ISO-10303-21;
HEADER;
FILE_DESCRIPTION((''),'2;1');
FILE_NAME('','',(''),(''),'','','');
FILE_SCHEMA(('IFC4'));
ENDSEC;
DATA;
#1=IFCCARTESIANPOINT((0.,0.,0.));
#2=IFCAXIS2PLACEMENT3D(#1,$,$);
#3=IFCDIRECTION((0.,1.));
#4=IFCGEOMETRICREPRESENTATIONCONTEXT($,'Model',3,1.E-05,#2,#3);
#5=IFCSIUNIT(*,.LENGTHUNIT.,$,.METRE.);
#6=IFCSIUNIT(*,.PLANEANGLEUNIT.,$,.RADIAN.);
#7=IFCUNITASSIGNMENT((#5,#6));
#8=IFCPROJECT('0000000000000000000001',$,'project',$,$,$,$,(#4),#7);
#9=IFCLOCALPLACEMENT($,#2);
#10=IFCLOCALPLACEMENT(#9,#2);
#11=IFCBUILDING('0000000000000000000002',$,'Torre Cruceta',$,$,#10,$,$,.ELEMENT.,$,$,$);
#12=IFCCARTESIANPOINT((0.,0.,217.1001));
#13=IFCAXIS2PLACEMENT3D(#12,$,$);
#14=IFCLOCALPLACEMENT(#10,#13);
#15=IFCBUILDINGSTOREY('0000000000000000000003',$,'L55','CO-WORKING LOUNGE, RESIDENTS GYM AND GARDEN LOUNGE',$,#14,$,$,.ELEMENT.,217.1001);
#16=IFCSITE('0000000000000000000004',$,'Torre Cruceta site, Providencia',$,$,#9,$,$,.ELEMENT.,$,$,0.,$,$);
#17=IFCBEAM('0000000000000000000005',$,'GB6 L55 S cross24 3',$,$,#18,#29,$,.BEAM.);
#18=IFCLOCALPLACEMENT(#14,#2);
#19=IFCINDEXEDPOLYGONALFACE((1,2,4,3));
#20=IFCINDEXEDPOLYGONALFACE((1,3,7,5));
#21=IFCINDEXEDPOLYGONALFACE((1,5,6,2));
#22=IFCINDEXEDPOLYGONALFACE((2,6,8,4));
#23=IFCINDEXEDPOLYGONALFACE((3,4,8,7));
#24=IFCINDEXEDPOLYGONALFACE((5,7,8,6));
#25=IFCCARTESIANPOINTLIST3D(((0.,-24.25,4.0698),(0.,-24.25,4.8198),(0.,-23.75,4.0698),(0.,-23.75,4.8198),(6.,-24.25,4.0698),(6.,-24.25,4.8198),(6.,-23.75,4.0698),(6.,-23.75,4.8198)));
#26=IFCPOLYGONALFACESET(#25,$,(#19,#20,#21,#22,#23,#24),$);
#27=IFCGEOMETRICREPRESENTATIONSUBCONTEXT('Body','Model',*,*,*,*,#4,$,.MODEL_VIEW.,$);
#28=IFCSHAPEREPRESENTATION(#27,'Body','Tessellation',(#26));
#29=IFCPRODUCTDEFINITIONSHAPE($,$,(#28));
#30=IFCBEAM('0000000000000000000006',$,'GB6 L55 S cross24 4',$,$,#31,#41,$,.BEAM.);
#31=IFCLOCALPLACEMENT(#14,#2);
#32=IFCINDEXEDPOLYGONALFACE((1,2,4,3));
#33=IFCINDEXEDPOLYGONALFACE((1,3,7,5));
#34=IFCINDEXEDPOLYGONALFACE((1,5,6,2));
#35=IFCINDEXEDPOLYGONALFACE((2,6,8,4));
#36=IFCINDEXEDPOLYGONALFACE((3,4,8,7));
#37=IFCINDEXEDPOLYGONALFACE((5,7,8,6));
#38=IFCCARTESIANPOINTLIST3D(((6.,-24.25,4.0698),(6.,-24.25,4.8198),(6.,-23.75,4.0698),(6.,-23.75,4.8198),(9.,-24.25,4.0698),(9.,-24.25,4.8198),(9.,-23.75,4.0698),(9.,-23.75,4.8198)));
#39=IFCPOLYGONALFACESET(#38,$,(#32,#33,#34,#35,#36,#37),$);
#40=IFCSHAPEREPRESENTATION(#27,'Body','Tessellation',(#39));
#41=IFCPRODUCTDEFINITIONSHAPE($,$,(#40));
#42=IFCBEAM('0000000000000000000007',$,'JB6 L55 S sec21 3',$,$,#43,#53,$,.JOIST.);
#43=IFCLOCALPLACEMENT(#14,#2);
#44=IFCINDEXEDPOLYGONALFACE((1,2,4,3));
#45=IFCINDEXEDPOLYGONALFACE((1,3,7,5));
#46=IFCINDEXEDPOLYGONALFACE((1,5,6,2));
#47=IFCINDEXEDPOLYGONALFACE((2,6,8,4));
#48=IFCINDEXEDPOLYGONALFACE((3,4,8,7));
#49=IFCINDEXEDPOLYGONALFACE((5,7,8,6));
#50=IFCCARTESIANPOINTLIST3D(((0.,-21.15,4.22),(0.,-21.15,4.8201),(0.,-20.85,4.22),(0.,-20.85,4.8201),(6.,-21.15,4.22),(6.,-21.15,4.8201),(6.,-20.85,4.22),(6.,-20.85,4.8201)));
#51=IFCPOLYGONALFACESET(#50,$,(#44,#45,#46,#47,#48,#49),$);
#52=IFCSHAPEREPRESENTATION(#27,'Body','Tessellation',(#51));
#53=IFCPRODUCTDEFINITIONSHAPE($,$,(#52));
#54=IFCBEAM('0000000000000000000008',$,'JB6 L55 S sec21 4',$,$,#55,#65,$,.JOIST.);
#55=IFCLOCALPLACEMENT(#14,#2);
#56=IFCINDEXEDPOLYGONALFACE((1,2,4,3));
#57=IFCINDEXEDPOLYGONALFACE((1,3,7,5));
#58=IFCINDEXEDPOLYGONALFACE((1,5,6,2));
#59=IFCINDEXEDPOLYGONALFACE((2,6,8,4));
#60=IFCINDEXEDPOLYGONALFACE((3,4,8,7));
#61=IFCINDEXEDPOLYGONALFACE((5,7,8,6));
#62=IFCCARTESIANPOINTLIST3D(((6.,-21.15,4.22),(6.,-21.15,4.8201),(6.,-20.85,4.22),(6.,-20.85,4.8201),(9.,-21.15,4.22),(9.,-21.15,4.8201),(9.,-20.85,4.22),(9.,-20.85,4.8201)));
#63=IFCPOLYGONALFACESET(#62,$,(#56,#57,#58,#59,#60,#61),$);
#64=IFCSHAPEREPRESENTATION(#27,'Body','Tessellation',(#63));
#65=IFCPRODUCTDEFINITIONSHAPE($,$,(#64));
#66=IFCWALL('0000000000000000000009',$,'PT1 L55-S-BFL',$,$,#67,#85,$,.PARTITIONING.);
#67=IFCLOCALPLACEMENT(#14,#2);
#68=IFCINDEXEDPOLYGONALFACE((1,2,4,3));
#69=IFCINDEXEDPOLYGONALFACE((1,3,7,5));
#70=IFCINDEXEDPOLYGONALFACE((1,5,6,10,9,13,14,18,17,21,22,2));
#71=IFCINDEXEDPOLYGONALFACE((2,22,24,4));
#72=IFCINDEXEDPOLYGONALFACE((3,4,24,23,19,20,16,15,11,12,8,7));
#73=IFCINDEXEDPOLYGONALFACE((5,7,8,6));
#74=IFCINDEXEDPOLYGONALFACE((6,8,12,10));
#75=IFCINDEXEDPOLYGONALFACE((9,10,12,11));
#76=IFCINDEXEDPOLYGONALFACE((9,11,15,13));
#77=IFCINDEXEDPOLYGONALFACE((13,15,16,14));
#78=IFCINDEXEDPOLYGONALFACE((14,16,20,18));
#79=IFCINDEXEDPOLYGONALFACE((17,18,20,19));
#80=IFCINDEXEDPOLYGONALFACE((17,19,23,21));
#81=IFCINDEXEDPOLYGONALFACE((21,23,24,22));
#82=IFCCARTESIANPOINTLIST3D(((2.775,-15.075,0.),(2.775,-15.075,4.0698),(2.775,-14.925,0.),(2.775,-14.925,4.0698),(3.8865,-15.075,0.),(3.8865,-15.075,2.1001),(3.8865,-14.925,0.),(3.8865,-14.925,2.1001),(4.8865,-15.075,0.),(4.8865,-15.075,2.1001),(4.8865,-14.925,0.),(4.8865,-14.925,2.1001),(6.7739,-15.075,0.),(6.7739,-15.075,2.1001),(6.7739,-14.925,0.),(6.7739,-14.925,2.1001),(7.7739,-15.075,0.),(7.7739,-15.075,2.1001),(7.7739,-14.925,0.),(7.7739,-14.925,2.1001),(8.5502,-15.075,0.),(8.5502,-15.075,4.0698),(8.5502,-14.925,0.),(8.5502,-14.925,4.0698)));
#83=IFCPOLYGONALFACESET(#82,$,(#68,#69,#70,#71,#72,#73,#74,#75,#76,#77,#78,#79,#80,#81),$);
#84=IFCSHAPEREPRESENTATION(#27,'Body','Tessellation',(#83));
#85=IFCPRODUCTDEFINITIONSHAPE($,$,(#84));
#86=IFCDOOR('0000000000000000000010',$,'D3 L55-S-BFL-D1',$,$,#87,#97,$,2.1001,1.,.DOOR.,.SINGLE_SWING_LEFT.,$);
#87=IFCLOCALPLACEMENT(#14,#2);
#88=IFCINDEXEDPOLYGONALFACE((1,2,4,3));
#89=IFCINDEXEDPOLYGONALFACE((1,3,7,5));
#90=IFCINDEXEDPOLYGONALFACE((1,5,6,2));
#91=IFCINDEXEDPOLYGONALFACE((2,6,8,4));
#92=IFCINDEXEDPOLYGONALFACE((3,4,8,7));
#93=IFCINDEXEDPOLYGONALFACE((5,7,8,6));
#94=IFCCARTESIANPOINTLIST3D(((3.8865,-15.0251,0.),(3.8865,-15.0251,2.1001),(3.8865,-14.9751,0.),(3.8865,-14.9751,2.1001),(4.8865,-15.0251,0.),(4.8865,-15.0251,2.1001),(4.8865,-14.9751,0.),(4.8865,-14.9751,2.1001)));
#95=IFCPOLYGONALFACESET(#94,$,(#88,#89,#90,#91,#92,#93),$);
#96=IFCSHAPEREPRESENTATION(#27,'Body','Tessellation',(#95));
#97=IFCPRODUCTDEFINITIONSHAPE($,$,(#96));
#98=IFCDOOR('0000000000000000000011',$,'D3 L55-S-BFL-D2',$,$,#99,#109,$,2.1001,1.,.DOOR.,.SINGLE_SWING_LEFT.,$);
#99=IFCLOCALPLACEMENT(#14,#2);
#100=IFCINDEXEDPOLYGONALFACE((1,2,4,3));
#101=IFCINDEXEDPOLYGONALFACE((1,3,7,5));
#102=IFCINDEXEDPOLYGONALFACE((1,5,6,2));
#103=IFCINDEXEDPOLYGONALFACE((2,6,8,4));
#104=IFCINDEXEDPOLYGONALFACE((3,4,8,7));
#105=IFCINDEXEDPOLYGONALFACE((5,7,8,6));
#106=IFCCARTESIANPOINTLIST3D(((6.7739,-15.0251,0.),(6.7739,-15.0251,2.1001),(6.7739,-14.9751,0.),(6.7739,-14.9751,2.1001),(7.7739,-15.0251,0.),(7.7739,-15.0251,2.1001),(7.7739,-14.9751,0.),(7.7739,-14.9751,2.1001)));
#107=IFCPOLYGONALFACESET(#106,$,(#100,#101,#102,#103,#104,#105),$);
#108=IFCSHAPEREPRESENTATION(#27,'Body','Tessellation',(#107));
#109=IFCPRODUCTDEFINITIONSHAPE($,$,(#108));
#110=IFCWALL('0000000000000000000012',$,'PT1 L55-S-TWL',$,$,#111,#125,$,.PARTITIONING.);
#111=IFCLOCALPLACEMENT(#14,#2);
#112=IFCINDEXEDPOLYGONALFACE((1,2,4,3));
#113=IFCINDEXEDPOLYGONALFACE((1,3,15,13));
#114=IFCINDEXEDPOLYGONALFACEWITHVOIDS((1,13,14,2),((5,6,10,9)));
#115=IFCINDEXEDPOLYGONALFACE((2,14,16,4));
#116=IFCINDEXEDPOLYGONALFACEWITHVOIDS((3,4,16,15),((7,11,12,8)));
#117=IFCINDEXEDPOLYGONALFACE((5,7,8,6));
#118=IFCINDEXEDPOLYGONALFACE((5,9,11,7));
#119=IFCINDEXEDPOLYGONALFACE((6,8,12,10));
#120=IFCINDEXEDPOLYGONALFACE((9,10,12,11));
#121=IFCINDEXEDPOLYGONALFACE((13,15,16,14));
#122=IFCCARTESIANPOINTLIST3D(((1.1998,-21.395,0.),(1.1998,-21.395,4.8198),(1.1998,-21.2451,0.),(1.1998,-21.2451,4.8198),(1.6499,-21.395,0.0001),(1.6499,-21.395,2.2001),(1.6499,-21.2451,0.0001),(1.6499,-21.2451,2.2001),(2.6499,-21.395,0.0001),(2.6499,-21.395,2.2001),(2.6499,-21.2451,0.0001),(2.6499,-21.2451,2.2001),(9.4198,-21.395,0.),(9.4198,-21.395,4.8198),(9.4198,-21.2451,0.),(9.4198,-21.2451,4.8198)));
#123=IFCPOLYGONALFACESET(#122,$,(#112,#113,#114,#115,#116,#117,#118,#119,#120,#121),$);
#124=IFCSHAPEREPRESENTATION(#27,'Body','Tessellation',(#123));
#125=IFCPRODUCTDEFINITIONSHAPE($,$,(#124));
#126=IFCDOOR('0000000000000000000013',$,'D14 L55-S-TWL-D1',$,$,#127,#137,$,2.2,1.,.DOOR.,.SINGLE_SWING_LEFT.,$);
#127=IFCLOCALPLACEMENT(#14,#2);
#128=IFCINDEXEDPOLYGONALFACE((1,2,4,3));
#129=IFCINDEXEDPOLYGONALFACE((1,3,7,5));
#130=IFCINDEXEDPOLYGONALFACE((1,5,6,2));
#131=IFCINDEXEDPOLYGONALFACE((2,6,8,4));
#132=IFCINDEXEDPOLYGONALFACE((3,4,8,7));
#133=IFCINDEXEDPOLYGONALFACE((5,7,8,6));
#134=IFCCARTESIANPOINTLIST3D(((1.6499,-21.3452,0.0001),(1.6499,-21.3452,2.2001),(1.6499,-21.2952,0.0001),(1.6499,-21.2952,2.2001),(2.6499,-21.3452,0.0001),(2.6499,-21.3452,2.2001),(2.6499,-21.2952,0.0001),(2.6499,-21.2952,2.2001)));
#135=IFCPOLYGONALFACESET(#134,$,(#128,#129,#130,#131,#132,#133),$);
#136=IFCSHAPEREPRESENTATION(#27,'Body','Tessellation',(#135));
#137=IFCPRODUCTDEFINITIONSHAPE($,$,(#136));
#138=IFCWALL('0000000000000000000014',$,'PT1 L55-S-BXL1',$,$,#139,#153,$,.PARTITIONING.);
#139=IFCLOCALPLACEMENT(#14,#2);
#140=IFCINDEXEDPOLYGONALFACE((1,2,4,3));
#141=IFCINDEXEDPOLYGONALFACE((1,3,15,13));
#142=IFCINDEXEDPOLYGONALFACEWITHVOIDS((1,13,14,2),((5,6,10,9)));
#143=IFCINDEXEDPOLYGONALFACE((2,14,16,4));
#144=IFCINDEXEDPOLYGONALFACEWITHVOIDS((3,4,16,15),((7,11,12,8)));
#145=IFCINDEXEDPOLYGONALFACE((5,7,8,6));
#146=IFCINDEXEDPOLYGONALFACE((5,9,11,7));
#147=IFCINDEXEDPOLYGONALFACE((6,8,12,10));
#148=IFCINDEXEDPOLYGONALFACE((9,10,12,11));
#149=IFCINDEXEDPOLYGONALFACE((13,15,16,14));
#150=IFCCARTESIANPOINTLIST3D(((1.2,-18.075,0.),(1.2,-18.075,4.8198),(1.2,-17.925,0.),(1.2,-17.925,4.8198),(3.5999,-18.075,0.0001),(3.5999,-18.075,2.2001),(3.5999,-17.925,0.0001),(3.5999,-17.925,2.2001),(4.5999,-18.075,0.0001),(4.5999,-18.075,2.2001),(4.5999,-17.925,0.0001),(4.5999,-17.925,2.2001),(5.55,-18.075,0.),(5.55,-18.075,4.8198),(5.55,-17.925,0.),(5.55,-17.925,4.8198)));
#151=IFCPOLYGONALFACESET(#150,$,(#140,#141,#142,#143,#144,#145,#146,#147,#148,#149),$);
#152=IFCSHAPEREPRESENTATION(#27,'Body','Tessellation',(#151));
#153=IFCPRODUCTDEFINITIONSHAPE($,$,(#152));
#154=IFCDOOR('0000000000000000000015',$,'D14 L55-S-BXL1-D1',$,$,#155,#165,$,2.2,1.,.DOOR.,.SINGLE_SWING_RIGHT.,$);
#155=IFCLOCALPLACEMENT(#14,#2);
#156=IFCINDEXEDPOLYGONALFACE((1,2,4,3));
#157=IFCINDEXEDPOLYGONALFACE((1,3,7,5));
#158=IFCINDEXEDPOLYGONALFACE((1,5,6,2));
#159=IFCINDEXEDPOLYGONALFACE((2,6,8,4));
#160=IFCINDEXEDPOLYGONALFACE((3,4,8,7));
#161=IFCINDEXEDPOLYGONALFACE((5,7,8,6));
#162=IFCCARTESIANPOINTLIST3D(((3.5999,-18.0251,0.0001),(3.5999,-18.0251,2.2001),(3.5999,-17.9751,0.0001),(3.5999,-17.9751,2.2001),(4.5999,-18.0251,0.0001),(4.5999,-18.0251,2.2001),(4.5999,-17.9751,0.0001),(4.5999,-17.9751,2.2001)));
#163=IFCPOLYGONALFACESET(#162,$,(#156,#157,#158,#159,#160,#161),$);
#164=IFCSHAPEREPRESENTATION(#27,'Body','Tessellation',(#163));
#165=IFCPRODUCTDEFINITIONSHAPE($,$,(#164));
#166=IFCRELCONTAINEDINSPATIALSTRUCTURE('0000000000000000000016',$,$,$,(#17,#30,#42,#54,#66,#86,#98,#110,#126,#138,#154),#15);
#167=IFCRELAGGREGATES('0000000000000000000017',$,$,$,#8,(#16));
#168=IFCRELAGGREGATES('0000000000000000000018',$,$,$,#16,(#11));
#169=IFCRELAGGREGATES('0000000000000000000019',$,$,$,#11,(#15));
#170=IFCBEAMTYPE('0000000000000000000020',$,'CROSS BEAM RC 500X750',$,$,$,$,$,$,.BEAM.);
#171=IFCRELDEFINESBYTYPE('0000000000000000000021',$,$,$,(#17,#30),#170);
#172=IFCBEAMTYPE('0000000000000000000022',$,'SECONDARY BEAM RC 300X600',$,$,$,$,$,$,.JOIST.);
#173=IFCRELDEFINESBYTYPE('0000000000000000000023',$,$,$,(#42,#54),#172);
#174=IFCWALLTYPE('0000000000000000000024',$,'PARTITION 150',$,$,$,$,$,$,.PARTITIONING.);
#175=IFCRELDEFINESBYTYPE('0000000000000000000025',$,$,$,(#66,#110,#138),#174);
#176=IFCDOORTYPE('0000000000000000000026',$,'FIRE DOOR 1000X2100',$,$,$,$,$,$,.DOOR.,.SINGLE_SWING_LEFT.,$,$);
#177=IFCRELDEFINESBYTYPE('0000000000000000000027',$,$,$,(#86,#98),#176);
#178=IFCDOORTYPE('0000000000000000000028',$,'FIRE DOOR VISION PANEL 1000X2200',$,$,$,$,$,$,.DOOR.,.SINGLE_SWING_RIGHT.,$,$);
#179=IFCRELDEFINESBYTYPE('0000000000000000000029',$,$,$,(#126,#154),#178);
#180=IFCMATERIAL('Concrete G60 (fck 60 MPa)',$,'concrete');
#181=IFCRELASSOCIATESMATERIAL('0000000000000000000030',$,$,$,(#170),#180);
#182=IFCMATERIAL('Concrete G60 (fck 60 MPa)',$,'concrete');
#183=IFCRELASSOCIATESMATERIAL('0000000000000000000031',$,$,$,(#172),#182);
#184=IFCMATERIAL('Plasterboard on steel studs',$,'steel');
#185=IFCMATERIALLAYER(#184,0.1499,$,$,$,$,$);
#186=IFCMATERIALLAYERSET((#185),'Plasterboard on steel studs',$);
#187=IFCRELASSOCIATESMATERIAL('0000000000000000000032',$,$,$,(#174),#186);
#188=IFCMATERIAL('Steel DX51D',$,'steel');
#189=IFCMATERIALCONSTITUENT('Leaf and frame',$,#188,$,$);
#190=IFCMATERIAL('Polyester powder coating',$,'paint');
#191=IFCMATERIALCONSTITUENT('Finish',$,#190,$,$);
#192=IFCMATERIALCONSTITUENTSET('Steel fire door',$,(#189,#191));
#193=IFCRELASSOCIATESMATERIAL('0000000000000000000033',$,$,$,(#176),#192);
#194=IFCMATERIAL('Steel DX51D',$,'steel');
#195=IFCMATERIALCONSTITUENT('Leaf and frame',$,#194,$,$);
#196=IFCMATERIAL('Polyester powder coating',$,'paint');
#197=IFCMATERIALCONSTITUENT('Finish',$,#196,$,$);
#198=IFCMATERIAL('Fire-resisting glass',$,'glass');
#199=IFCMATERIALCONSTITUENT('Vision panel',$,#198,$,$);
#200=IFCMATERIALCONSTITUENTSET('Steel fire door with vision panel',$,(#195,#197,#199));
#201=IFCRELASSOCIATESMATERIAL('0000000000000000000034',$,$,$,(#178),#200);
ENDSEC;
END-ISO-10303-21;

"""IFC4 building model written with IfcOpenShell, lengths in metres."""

from ifc_helpers import new_model, si_unit, direction, frame, frame_2d, origin, origin_2d, place, context, subcontext, project, spatial, rectangle, extrude, material, layer, layer_set, constituent, constituent_set, material_profile, profile_set, type_object, element, fill, save


model = new_model("IFC4")

# Units and contexts
model_context = context("Model", 3, precision=1e-05, world=origin(), true_north=direction((0.0, 1.0)))
body_context = subcontext(model_context, "Body", "Model", "MODEL_VIEW")
ifc_project = project(units=[si_unit("LENGTHUNIT", "METRE"), si_unit("PLANEANGLEUNIT", "RADIAN")], contexts=[model_context])

# Site, building, storey
site_placement = place(None, origin())
site = spatial("IfcSite", under=ifc_project, at=site_placement, Name="Torre Cruceta site, Providencia", CompositionType="ELEMENT", RefElevation=0.0)
building_placement = place(site_placement, origin())
building = spatial("IfcBuilding", under=site, at=building_placement, Name="Torre Cruceta", CompositionType="ELEMENT")
storey_placement = place(building_placement, frame((0.0, 0.0, 217.1001)))
storey = spatial("IfcBuildingStorey", under=building, at=storey_placement, Name="L55", Description="CO-WORKING LOUNGE, RESIDENTS GYM AND GARDEN LOUNGE", CompositionType="ELEMENT", Elevation=217.1001)

# Beams
ifc_material_1 = material(Name="Concrete G60 (fck 60 MPa)", Category="concrete")
ifc_material_profile_1 = material_profile(ifc_material_1, rectangle(XDim=0.5, YDim=0.75, at=origin_2d()), Name="RC 500X750")
ifc_profile_set_1 = profile_set([ifc_material_profile_1], Name="Concrete G60 (fck 60 MPa)")
beam_type_1 = type_object("IfcBeamType", Name="CROSS BEAM RC 500X750", PredefinedType="BEAM", material=ifc_profile_set_1)
for number, where, z_axis, x_axis, name in (
    (1, (0.0, -24.0, 4.4448), (1.0, 0.0, 0.0), (0.0, 1.0, 0.0), "GB6 L55 S cross24 3"),
):
    element("IfcBeam", number, at=place(storey_placement, frame(where, z_axis=z_axis, x_axis=x_axis)), inside=storey, type_object=beam_type_1, Name=name, PredefinedType="BEAM", context=body_context, shape_type="SweptSolid", body=[
        extrude(rectangle(XDim=0.5, YDim=0.75, at=origin_2d()), origin(), (0.0, 0.0, 1.0), 6.0),
    ])
beam_1_placement = place(storey_placement, frame((6.0, -24.0, 4.4448), z_axis=(1.0, 0.0, 0.0), x_axis=(0.0, 1.0, 0.0)))
element("IfcBeam", 2, at=beam_1_placement, inside=storey, type_object=beam_type_1, Name="GB6 L55 S cross24 4", PredefinedType="BEAM", context=body_context, shape_type="SweptSolid", body=[
    extrude(rectangle(XDim=0.5, YDim=0.75, at=origin_2d()), origin(), (0.0, 0.0, 1.0), 3.0),
])
ifc_material_2 = material(Name="Concrete G60 (fck 60 MPa)", Category="concrete")
ifc_material_profile_2 = material_profile(ifc_material_2, rectangle(XDim=0.3, YDim=0.6001, at=origin_2d()), Name="RC 300X600")
ifc_profile_set_2 = profile_set([ifc_material_profile_2], Name="Concrete G60 (fck 60 MPa)")
beam_type_2 = type_object("IfcBeamType", Name="SECONDARY BEAM RC 300X600", PredefinedType="JOIST", material=ifc_profile_set_2)
beam_2_placement = place(storey_placement, frame((0.0, -21.0, 4.52), z_axis=(1.0, 0.0, 0.0), x_axis=(0.0, 1.0, 0.0)))
element("IfcBeam", 3, at=beam_2_placement, inside=storey, type_object=beam_type_2, Name="JB6 L55 S sec21 3", PredefinedType="JOIST", context=body_context, shape_type="SweptSolid", body=[
    extrude(rectangle(XDim=0.3, YDim=0.6001, at=origin_2d()), origin(), (0.0, 0.0, 1.0), 6.0),
])
beam_3_placement = place(storey_placement, frame((6.0, -21.0, 4.52), z_axis=(1.0, 0.0, 0.0), x_axis=(0.0, 1.0, 0.0)))
element("IfcBeam", 4, at=beam_3_placement, inside=storey, type_object=beam_type_2, Name="JB6 L55 S sec21 4", PredefinedType="JOIST", context=body_context, shape_type="SweptSolid", body=[
    extrude(rectangle(XDim=0.3, YDim=0.6001, at=origin_2d()), origin(), (0.0, 0.0, 1.0), 3.0),
])

# Wall, openings, doors
ifc_material_3 = material(Name="Plasterboard on steel studs", Category="steel")
ifc_layer = layer(ifc_material_3, 0.1499)
ifc_layer_set = layer_set([ifc_layer], Name="Plasterboard on steel studs")
wall_type = type_object("IfcWallType", Name="PARTITION 150", PredefinedType="PARTITIONING", material=ifc_layer_set)
wall_1_placement = place(storey_placement, frame((2.7749, -15.0, 0.0), z_axis=(0.0, 0.0, 1.0), x_axis=(1.0, 0.0, 0.0)))
wall_1 = element("IfcWall", 5, at=wall_1_placement, inside=storey, type_object=wall_type, Name="PT1 L55-S-BFL", PredefinedType="PARTITIONING", context=body_context, shape_type="SweptSolid", body=[
    extrude(rectangle(XDim=5.7751, YDim=0.1499, at=frame_2d((2.8877, 0.0))), origin(), (0.0, 0.0, 1.0), 4.0698),
])
opening_1_placement = place(wall_1_placement, frame((1.1116, 0.0, 0.0)))
opening_1 = element("IfcOpeningElement", 6, at=opening_1_placement, cuts=wall_1, PredefinedType="OPENING", context=body_context, shape_type="SweptSolid", body=[
    extrude(rectangle(XDim=1.0, YDim=2.1001, at=frame_2d((0.5, 1.05))), frame((0.0, 0.085, 0.0), z_axis=(0.0, -1.0, 0.0), x_axis=(1.0, 0.0, 0.0)), (0.0, 0.0, 1.0), 0.1699),
])
opening_2_placement = place(wall_1_placement, frame((3.999, 0.0, 0.0)))
opening_2 = element("IfcOpeningElement", 7, at=opening_2_placement, cuts=wall_1, PredefinedType="OPENING", context=body_context, shape_type="SweptSolid", body=[
    extrude(rectangle(XDim=1.0, YDim=2.1001, at=frame_2d((0.5, 1.05))), frame((0.0, 0.085, 0.0), z_axis=(0.0, -1.0, 0.0), x_axis=(1.0, 0.0, 0.0)), (0.0, 0.0, 1.0), 0.1699),
])
ifc_material_4 = material(Name="Steel DX51D", Category="steel")
ifc_constituent_1 = constituent(ifc_material_4, Name="Leaf and frame")
ifc_material_5 = material(Name="Polyester powder coating", Category="paint")
ifc_constituent_2 = constituent(ifc_material_5, Name="Finish")
ifc_constituent_set_1 = constituent_set(constituents=[ifc_constituent_1, ifc_constituent_2], Name="Steel fire door")
door_type_1 = type_object("IfcDoorType", Name="FIRE DOOR 1000X2100", OperationType="SINGLE_SWING_LEFT", PredefinedType="DOOR", material=ifc_constituent_set_1)
door_1_placement = place(opening_1_placement, origin())
door_1 = element("IfcDoor", 8, at=door_1_placement, inside=storey, type_object=door_type_1, Name="D3 L55-S-BFL-D1", OperationType="SINGLE_SWING_LEFT", OverallHeight=2.1001, OverallWidth=1.0, PredefinedType="DOOR", context=body_context, shape_type="SweptSolid", body=[
    extrude(rectangle(XDim=1.0, YDim=2.1001, at=frame_2d((0.5, 1.05))), frame((0.0, 0.0249, 0.0), z_axis=(0.0, -1.0, 0.0), x_axis=(1.0, 0.0, 0.0)), (0.0, 0.0, 1.0), 0.05),
])
fill(opening_1, door_1)
door_2_placement = place(opening_2_placement, origin())
door_2 = element("IfcDoor", 9, at=door_2_placement, inside=storey, type_object=door_type_1, Name="D3 L55-S-BFL-D2", OperationType="SINGLE_SWING_LEFT", OverallHeight=2.1001, OverallWidth=1.0, PredefinedType="DOOR", context=body_context, shape_type="SweptSolid", body=[
    extrude(rectangle(XDim=1.0, YDim=2.1001, at=frame_2d((0.5, 1.05))), frame((0.0, 0.0249, 0.0), z_axis=(0.0, -1.0, 0.0), x_axis=(1.0, 0.0, 0.0)), (0.0, 0.0, 1.0), 0.05),
])
fill(opening_2, door_2)

# Walls, openings, doors
wall_2_placement = place(storey_placement, frame((1.2, -21.3201, 0.0), z_axis=(0.0, 0.0, 1.0), x_axis=(1.0, 0.0, 0.0)))
wall_2 = element("IfcWall", 10, at=wall_2_placement, inside=storey, type_object=wall_type, Name="PT1 L55-S-TWL", PredefinedType="PARTITIONING", context=body_context, shape_type="SweptSolid", body=[
    extrude(rectangle(XDim=8.22, YDim=0.1499, at=frame_2d((4.1099, 0.0))), origin(), (0.0, 0.0, 1.0), 4.8198),
])
opening_3_placement = place(wall_2_placement, frame((0.45, 0.0, 0.0)))
opening_3 = element("IfcOpeningElement", 11, at=opening_3_placement, cuts=wall_2, PredefinedType="OPENING", context=body_context, shape_type="SweptSolid", body=[
    extrude(rectangle(XDim=1.0, YDim=2.2, at=frame_2d((0.5, 1.1001))), frame((0.0, 0.085, 0.0), z_axis=(0.0, -1.0, 0.0), x_axis=(1.0, 0.0, 0.0)), (0.0, 0.0, 1.0), 0.1699),
])
ifc_material_6 = material(Name="Steel DX51D", Category="steel")
ifc_constituent_3 = constituent(ifc_material_6, Name="Leaf and frame")
ifc_material_7 = material(Name="Polyester powder coating", Category="paint")
ifc_constituent_4 = constituent(ifc_material_7, Name="Finish")
ifc_material_8 = material(Name="Fire-resisting glass", Category="glass")
ifc_constituent_5 = constituent(ifc_material_8, Name="Vision panel")
ifc_constituent_set_2 = constituent_set(constituents=[ifc_constituent_3, ifc_constituent_4, ifc_constituent_5], Name="Steel fire door with vision panel")
door_type_2 = type_object("IfcDoorType", Name="FIRE DOOR VISION PANEL 1000X2200", OperationType="SINGLE_SWING_RIGHT", PredefinedType="DOOR", material=ifc_constituent_set_2)
door_3_placement = place(opening_3_placement, origin())
door_3 = element("IfcDoor", 12, at=door_3_placement, inside=storey, type_object=door_type_2, Name="D14 L55-S-TWL-D1", OperationType="SINGLE_SWING_LEFT", OverallHeight=2.2, OverallWidth=1.0, PredefinedType="DOOR", context=body_context, shape_type="SweptSolid", body=[
    extrude(rectangle(XDim=1.0, YDim=2.2, at=frame_2d((0.5, 1.1001))), frame((0.0, 0.0249, 0.0), z_axis=(0.0, -1.0, 0.0), x_axis=(1.0, 0.0, 0.0)), (0.0, 0.0, 1.0), 0.05),
])
fill(opening_3, door_3)
wall_3_placement = place(storey_placement, frame((1.2, -18.0, 0.0), z_axis=(0.0, 0.0, 1.0), x_axis=(1.0, 0.0, 0.0)))
wall_3 = element("IfcWall", 13, at=wall_3_placement, inside=storey, type_object=wall_type, Name="PT1 L55-S-BXL1", PredefinedType="PARTITIONING", context=body_context, shape_type="SweptSolid", body=[
    extrude(rectangle(XDim=4.3501, YDim=0.1499, at=frame_2d((2.175, 0.0))), origin(), (0.0, 0.0, 1.0), 4.8198),
])
opening_4_placement = place(wall_3_placement, frame((2.3999, 0.0, 0.0)))
opening_4 = element("IfcOpeningElement", 14, at=opening_4_placement, cuts=wall_3, PredefinedType="OPENING", context=body_context, shape_type="SweptSolid", body=[
    extrude(rectangle(XDim=1.0, YDim=2.2, at=frame_2d((0.5, 1.1001))), frame((0.0, 0.085, 0.0), z_axis=(0.0, -1.0, 0.0), x_axis=(1.0, 0.0, 0.0)), (0.0, 0.0, 1.0), 0.1699),
])
door_4_placement = place(opening_4_placement, frame((1.0, 0.0, 0.0), z_axis=(0.0, 0.0, 1.0), x_axis=(-1.0, 0.0, 0.0)))
door_4 = element("IfcDoor", 15, at=door_4_placement, inside=storey, type_object=door_type_2, Name="D14 L55-S-BXL1-D1", OperationType="SINGLE_SWING_RIGHT", OverallHeight=2.2, OverallWidth=1.0, PredefinedType="DOOR", context=body_context, shape_type="SweptSolid", body=[
    extrude(rectangle(XDim=1.0, YDim=2.2, at=frame_2d((0.5, 1.1001))), frame((0.0, 0.0251, 0.0), z_axis=(0.0, -1.0, 0.0), x_axis=(1.0, 0.0, 0.0)), (0.0, 0.0, 1.0), 0.05),
])
fill(opening_4, door_4)

save(model, "model.ifc")
